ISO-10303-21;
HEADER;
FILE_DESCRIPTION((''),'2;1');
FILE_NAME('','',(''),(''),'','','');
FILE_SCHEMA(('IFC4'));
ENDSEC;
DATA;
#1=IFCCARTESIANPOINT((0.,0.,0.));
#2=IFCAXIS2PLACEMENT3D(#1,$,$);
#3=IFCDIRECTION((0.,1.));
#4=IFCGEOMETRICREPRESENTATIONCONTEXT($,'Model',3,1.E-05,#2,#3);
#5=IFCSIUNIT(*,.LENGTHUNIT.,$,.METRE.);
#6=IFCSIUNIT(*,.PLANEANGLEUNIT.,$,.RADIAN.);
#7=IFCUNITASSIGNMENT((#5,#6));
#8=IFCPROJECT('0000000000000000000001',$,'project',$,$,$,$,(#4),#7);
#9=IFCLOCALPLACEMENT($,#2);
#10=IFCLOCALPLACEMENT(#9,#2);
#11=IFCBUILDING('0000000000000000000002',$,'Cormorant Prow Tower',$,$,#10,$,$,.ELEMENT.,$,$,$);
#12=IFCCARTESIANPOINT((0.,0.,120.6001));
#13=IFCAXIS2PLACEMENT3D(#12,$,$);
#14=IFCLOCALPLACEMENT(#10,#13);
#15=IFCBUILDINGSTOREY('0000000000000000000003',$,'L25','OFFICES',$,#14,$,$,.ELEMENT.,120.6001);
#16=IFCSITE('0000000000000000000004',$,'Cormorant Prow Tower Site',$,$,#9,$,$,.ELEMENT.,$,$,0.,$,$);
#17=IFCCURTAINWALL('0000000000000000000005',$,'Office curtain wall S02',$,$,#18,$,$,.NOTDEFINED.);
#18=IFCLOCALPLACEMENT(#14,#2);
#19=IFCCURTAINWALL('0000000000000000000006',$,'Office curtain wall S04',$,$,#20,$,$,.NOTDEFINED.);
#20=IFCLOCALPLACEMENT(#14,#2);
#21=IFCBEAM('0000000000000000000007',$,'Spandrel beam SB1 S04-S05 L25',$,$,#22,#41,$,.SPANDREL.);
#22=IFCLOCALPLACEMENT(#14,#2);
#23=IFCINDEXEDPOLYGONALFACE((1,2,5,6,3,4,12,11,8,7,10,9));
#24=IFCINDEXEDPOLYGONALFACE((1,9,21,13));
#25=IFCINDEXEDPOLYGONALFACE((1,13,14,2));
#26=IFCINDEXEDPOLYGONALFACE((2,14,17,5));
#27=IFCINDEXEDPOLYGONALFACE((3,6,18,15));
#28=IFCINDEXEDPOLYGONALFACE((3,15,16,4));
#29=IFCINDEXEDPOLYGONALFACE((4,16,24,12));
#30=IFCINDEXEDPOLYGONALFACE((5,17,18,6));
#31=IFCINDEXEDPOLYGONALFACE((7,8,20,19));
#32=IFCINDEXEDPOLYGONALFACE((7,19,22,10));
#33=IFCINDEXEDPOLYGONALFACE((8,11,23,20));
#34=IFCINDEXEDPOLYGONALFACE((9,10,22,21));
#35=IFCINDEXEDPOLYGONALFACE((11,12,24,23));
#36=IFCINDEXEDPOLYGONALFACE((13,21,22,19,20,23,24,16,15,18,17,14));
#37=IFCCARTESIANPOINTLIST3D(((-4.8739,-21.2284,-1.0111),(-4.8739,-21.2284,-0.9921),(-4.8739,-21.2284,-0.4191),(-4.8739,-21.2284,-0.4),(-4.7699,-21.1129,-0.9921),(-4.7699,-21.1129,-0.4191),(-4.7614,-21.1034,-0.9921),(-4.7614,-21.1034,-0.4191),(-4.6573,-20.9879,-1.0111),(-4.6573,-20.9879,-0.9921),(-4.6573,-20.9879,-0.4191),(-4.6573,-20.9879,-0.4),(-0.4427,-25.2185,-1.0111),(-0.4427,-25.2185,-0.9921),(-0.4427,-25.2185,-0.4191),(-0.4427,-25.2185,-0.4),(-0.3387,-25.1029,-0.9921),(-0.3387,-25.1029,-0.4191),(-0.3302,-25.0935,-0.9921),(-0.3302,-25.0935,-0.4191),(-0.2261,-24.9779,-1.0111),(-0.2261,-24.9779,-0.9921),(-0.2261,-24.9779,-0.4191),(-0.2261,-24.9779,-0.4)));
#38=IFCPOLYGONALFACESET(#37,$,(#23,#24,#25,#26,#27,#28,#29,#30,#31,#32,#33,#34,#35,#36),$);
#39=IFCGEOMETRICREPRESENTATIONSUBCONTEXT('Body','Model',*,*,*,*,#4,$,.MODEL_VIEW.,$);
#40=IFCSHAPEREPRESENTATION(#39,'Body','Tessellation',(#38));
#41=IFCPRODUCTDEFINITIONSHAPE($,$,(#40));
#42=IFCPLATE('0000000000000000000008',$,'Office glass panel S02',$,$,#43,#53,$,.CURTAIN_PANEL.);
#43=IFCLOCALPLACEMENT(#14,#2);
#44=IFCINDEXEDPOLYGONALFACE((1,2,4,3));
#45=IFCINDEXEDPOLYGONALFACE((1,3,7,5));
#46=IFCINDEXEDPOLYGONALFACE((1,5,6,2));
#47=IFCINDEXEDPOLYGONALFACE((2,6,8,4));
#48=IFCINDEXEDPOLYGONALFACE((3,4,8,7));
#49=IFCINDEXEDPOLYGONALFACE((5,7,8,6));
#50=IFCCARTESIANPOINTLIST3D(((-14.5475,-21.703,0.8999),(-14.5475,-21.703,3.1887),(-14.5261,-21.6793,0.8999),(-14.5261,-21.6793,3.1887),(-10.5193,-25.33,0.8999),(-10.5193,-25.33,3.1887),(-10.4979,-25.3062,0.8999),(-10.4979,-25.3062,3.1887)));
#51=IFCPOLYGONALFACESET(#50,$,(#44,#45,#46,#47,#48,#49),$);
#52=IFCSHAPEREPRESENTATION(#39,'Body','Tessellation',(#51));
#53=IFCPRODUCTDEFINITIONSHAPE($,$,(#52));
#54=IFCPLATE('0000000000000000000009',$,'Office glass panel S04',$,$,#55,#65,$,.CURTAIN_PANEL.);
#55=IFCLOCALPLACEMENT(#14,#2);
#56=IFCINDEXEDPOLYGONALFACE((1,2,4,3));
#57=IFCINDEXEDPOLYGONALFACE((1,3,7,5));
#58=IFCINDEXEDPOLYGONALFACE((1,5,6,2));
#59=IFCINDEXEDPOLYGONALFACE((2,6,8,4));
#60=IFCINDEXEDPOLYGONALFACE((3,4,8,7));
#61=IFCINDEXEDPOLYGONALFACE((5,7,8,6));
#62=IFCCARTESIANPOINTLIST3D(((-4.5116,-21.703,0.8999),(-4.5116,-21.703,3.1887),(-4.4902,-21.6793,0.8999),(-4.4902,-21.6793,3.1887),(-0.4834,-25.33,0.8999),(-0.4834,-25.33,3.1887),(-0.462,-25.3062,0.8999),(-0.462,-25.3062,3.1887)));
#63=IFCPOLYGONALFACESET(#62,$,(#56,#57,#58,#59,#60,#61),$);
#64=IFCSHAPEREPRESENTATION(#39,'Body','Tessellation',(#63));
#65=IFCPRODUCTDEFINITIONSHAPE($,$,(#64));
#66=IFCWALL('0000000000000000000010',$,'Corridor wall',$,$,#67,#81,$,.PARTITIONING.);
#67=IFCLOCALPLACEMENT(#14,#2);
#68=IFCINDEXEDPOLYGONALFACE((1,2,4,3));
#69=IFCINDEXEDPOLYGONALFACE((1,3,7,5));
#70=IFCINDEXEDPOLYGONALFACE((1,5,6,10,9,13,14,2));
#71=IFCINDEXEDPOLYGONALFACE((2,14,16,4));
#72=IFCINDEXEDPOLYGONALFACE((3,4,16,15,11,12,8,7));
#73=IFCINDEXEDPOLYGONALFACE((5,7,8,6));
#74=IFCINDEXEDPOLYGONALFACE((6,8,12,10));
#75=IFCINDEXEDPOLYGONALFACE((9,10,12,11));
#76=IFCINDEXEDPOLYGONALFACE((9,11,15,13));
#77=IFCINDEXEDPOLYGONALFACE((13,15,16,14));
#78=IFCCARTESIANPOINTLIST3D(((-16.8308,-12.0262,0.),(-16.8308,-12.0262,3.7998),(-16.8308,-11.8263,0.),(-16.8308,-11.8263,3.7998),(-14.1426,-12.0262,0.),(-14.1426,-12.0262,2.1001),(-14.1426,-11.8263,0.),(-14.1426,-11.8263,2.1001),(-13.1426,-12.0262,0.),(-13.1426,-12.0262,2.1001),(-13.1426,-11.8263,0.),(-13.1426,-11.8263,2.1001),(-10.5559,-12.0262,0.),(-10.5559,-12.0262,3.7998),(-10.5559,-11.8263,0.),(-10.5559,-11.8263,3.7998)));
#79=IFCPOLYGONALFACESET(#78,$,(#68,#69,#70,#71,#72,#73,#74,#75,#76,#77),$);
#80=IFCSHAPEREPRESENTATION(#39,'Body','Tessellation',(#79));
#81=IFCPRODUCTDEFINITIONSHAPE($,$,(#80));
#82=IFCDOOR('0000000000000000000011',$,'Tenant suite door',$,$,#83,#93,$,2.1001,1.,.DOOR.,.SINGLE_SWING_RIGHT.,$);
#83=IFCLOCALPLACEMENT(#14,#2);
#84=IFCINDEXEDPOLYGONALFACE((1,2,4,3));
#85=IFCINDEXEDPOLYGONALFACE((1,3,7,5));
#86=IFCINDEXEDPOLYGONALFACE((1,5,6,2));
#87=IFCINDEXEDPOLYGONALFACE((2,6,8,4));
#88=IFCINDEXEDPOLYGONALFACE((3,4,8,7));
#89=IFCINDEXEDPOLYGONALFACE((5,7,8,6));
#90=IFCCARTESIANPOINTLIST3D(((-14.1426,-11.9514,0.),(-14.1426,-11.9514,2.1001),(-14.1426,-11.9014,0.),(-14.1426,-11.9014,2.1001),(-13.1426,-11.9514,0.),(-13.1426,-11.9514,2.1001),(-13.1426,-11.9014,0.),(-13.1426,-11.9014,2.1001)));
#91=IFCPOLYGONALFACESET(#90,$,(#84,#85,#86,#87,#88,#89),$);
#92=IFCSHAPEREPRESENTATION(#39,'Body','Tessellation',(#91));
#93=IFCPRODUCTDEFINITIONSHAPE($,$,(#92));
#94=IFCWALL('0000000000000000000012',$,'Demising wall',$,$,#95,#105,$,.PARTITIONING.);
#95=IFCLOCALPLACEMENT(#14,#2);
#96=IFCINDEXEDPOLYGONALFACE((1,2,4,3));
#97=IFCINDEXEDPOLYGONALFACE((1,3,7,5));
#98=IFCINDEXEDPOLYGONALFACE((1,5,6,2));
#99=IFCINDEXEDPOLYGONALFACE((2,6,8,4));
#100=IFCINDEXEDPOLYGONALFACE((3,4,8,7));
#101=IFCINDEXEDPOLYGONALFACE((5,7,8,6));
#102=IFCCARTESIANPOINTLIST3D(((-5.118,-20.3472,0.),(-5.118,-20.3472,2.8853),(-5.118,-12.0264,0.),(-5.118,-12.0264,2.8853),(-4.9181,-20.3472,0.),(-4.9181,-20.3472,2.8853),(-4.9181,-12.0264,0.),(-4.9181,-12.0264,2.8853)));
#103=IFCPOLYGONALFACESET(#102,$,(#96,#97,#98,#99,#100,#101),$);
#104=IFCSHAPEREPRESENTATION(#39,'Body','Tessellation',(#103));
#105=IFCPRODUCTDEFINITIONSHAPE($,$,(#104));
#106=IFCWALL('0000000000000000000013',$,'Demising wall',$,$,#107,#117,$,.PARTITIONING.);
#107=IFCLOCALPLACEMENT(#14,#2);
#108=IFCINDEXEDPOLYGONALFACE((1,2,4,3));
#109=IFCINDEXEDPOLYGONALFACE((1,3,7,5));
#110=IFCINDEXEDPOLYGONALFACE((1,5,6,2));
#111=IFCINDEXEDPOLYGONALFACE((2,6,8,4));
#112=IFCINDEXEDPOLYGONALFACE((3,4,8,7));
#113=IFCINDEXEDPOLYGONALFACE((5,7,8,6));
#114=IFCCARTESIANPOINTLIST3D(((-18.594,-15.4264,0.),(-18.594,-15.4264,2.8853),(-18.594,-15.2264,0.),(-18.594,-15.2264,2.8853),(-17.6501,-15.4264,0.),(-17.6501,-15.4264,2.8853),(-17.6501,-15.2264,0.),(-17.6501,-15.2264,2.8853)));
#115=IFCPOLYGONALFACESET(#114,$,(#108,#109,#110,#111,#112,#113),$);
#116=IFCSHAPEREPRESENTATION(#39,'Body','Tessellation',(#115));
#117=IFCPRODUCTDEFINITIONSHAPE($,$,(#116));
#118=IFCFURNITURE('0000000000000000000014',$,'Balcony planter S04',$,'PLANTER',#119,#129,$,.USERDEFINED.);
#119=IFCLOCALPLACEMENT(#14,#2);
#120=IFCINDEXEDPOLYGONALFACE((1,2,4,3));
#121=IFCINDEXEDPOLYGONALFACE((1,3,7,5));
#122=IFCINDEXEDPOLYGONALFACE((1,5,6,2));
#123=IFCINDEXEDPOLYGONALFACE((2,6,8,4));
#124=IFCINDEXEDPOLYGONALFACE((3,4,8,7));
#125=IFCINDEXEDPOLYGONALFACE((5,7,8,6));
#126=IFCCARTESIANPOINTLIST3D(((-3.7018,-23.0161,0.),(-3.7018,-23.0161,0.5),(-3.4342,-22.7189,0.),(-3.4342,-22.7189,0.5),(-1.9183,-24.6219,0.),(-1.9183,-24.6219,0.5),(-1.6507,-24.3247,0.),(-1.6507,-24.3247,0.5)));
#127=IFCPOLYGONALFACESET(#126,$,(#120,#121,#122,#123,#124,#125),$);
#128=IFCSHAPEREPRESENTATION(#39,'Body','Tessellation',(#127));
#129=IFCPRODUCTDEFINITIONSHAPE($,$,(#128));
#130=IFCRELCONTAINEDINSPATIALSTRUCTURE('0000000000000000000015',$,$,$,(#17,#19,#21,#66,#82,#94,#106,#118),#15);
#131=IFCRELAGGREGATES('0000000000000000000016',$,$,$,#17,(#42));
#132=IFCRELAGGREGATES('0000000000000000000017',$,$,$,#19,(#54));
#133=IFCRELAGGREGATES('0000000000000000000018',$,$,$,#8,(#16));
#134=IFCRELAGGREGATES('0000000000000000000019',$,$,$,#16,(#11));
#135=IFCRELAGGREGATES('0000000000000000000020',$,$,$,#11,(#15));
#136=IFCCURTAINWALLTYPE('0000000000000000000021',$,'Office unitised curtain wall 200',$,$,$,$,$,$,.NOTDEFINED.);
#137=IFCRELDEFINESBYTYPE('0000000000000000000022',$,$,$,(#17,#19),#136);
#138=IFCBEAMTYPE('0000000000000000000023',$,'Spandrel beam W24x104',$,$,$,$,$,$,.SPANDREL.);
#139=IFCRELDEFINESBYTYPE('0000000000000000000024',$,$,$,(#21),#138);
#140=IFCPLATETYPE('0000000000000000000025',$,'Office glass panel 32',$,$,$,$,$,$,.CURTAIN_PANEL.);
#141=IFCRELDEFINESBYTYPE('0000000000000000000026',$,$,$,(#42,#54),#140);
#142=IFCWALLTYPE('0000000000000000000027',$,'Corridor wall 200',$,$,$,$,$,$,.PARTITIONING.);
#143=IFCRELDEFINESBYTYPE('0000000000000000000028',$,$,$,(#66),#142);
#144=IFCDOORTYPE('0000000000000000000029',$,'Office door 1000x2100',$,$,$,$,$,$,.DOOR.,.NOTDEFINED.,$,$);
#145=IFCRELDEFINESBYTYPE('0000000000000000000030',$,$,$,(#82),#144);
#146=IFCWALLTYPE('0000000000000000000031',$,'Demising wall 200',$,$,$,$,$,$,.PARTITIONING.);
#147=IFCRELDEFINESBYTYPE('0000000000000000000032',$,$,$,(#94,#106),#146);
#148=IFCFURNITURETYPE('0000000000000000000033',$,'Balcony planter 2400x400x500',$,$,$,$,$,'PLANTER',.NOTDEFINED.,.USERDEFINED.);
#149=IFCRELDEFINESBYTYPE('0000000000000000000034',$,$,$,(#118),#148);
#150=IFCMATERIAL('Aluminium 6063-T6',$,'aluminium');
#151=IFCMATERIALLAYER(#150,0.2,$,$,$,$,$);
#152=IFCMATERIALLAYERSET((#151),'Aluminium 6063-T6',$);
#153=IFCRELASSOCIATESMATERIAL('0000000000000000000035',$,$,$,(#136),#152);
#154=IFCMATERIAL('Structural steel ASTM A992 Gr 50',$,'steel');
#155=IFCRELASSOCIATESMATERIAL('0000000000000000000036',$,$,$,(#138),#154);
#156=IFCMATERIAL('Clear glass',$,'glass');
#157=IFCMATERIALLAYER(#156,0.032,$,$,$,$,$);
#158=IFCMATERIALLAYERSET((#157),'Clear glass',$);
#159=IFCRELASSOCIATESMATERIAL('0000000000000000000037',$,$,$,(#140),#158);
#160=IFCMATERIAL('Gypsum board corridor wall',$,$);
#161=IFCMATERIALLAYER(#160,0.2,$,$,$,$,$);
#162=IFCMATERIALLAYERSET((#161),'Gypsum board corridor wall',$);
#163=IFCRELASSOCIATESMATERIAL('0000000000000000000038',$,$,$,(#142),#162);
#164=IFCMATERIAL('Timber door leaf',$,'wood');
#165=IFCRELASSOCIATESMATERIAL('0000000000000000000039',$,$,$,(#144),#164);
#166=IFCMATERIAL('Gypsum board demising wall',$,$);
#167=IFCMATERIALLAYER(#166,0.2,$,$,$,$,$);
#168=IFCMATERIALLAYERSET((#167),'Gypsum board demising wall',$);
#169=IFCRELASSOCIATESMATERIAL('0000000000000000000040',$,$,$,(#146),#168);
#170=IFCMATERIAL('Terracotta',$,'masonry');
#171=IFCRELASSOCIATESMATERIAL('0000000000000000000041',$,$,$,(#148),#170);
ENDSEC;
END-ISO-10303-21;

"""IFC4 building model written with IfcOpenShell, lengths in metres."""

from ifc_helpers import new_model, si_unit, direction, frame, frame_2d, origin, origin_2d, place, context, subcontext, project, spatial, rectangle, i_section, extrude, material, layer, layer_set, material_profile, profile_set, type_object, element, fill, aggregate, save


model = new_model("IFC4")

# Units and contexts
model_context = context("Model", 3, precision=1e-05, world=origin(), true_north=direction((0.0, 1.0)))
body_context = subcontext(model_context, "Body", "Model", "MODEL_VIEW")
ifc_project = project(units=[si_unit("LENGTHUNIT", "METRE"), si_unit("PLANEANGLEUNIT", "RADIAN")], contexts=[model_context])

# Site, building, storey
site_placement = place(None, origin())
site = spatial("IfcSite", under=ifc_project, at=site_placement, Name="Cormorant Prow Tower Site", CompositionType="ELEMENT", RefElevation=0.0)
building_placement = place(site_placement, origin())
building = spatial("IfcBuilding", under=site, at=building_placement, Name="Cormorant Prow Tower", CompositionType="ELEMENT")
storey_placement = place(building_placement, frame((0.0, 0.0, 120.6001)))
storey = spatial("IfcBuildingStorey", under=building, at=storey_placement, Name="L25", Description="OFFICES", CompositionType="ELEMENT", Elevation=120.6001)

# Curtain walls
ifc_material_1 = material(Name="Aluminium 6063-T6", Category="aluminium")
ifc_layer_1 = layer(ifc_material_1, 0.2)
ifc_layer_set_1 = layer_set([ifc_layer_1], Name="Aluminium 6063-T6")
curtain_wall_type = type_object("IfcCurtainWallType", Name="Office unitised curtain wall 200", PredefinedType="NOTDEFINED", material=ifc_layer_set_1)
curtain_wall_1_placement = place(storey_placement, origin())
curtain_wall_1 = element("IfcCurtainWall", 1, at=curtain_wall_1_placement, inside=storey, type_object=curtain_wall_type, Name="Office curtain wall S02", PredefinedType="NOTDEFINED")
curtain_wall_2_placement = place(storey_placement, origin())
curtain_wall_2 = element("IfcCurtainWall", 2, at=curtain_wall_2_placement, inside=storey, type_object=curtain_wall_type, Name="Office curtain wall S04", PredefinedType="NOTDEFINED")

# Beam
ifc_material_2 = material(Name="Structural steel ASTM A992 Gr 50", Category="steel")
ifc_material_profile_1 = material_profile(ifc_material_2, i_section(OverallWidth=0.3237, OverallDepth=0.6111, WebThickness=0.0127, FlangeThickness=0.019, at=origin_2d()), Name="W24x104")
ifc_profile_set_1 = profile_set([ifc_material_profile_1], Name="Structural steel ASTM A992 Gr 50")
beam_type_1 = type_object("IfcBeamType", Name="Spandrel beam W24x104", PredefinedType="SPANDREL", material=ifc_profile_set_1)
for number, where, z_axis, x_axis, name in (
    (3, (-4.7656, -21.1082, -0.7056), (0.743131, -0.669146, 0.0), (0.669146, 0.743131, 0.0), "Spandrel beam SB1 S04-S05 L25"),
):
    element("IfcBeam", number, at=place(storey_placement, frame(where, z_axis=z_axis, x_axis=x_axis)), inside=storey, type_object=beam_type_1, Name=name, PredefinedType="SPANDREL", context=body_context, shape_type="SweptSolid", body=[
        extrude(i_section(OverallWidth=0.3237, OverallDepth=0.6111, WebThickness=0.0127, FlangeThickness=0.019, at=origin_2d()), origin(), (0.0, 0.0, 1.0), 5.9629),
    ])

# Plates
ifc_material_3 = material(Name="Clear glass", Category="glass")
ifc_layer_2 = layer(ifc_material_3, 0.032)
ifc_layer_set_2 = layer_set([ifc_layer_2], Name="Clear glass")
plate_type = type_object("IfcPlateType", Name="Office glass panel 32", PredefinedType="CURTAIN_PANEL", material=ifc_layer_set_2)
plate_1_placement = place(storey_placement, frame((-12.5227, -23.5046, 0.8999), z_axis=(0.0, 0.0, 1.0), x_axis=(0.743145, -0.669131, 0.0)))
plate_1 = element("IfcPlate", 4, at=plate_1_placement, type_object=plate_type, Name="Office glass panel S02", PredefinedType="CURTAIN_PANEL", context=body_context, shape_type="SweptSolid", body=[
    extrude(rectangle(XDim=5.4204, YDim=0.032, at=origin_2d()), origin(), (0.0, 0.0, 1.0), 2.2888),
])
aggregate(curtain_wall_1, [plate_1])
plate_2_placement = place(storey_placement, frame((-2.4868, -23.5046, 0.8999), z_axis=(0.0, 0.0, 1.0), x_axis=(0.743145, -0.669131, 0.0)))
plate_2 = element("IfcPlate", 5, at=plate_2_placement, type_object=plate_type, Name="Office glass panel S04", PredefinedType="CURTAIN_PANEL", context=body_context, shape_type="SweptSolid", body=[
    extrude(rectangle(XDim=5.4204, YDim=0.032, at=origin_2d()), origin(), (0.0, 0.0, 1.0), 2.2888),
])
aggregate(curtain_wall_2, [plate_2])

# Wall, opening, door
ifc_material_4 = material(Name="Gypsum board corridor wall")
ifc_layer_3 = layer(ifc_material_4, 0.2)
ifc_layer_set_3 = layer_set([ifc_layer_3], Name="Gypsum board corridor wall")
wall_type_1 = type_object("IfcWallType", Name="Corridor wall 200", PredefinedType="PARTITIONING", material=ifc_layer_set_3)
wall_1_placement = place(storey_placement, frame((-16.8308, -11.9263, 0.0), z_axis=(0.0, 0.0, 1.0), x_axis=(1.0, 0.0, 0.0)))
wall_1 = element("IfcWall", 6, at=wall_1_placement, inside=storey, type_object=wall_type_1, Name="Corridor wall", PredefinedType="PARTITIONING", context=body_context, shape_type="SweptSolid", body=[
    extrude(rectangle(XDim=6.2749, YDim=0.2, at=frame_2d((3.1375, 0.0))), origin(), (0.0, 0.0, 1.0), 3.7998),
])
opening_1_placement = place(wall_1_placement, frame((2.6882, 0.0, 0.0)))
opening_1 = element("IfcOpeningElement", 7, at=opening_1_placement, cuts=wall_1, PredefinedType="OPENING", context=body_context, shape_type="SweptSolid", body=[
    extrude(rectangle(XDim=1.0, YDim=2.1001, at=frame_2d((0.5, 1.05))), frame((0.0, 0.1099, 0.0), z_axis=(0.0, -1.0, 0.0), x_axis=(1.0, 0.0, 0.0)), (0.0, 0.0, 1.0), 0.22),
])
ifc_material_5 = material(Name="Timber door leaf", Category="wood")
door_type_1 = type_object("IfcDoorType", Name="Office door 1000x2100", OperationType="NOTDEFINED", PredefinedType="DOOR", material=ifc_material_5)
door_1_placement = place(opening_1_placement, origin())
door_1 = element("IfcDoor", 8, at=door_1_placement, inside=storey, type_object=door_type_1, Name="Tenant suite door", OperationType="SINGLE_SWING_RIGHT", OverallHeight=2.1001, OverallWidth=1.0, PredefinedType="DOOR", context=body_context, shape_type="SweptSolid", body=[
    extrude(rectangle(XDim=1.0, YDim=2.1001, at=frame_2d((0.5, 1.05))), frame((0.0, 0.0249, 0.0), z_axis=(0.0, -1.0, 0.0), x_axis=(1.0, 0.0, 0.0)), (0.0, 0.0, 1.0), 0.05),
])
fill(opening_1, door_1)

# Walls
ifc_material_6 = material(Name="Gypsum board demising wall")
ifc_layer_4 = layer(ifc_material_6, 0.2)
ifc_layer_set_4 = layer_set([ifc_layer_4], Name="Gypsum board demising wall")
wall_type_2 = type_object("IfcWallType", Name="Demising wall 200", PredefinedType="PARTITIONING", material=ifc_layer_set_4)
wall_2_placement = place(storey_placement, frame((-5.0181, -20.3472, 0.0), z_axis=(0.0, 0.0, 1.0), x_axis=(0.0, 1.0, 0.0)))
element("IfcWall", 9, at=wall_2_placement, inside=storey, type_object=wall_type_2, Name="Demising wall", PredefinedType="PARTITIONING", context=body_context, shape_type="SweptSolid", body=[
    extrude(rectangle(XDim=8.3208, YDim=0.2, at=frame_2d((4.1604, 0.0))), origin(), (0.0, 0.0, 1.0), 2.8853),
])
wall_3_placement = place(storey_placement, frame((-18.594, -15.3264, 0.0), z_axis=(0.0, 0.0, 1.0), x_axis=(1.0, 0.0, 0.0)))
element("IfcWall", 10, at=wall_3_placement, inside=storey, type_object=wall_type_2, Name="Demising wall", PredefinedType="PARTITIONING", context=body_context, shape_type="SweptSolid", body=[
    extrude(rectangle(XDim=0.9438, YDim=0.2, at=frame_2d((0.4719, 0.0))), origin(), (0.0, 0.0, 1.0), 2.8853),
])

# Furniture
ifc_material_7 = material(Name="Terracotta", Category="masonry")
furniture_type = type_object("IfcFurnitureType", Name="Balcony planter 2400x400x500", ElementType="PLANTER", AssemblyPlace="NOTDEFINED", PredefinedType="USERDEFINED", material=ifc_material_7)
furniture_placement = place(storey_placement, frame((-2.6763, -23.6704, 0.0), z_axis=(0.0, 0.0, 1.0), x_axis=(0.743145, -0.669131, 0.0)))
element("IfcFurniture", 11, at=furniture_placement, inside=storey, type_object=furniture_type, Name="Balcony planter S04", ObjectType="PLANTER", PredefinedType="USERDEFINED", context=body_context, shape_type="SweptSolid", body=[
    extrude(rectangle(XDim=2.3999, YDim=0.3999, at=origin_2d()), origin(), (0.0, 0.0, 1.0), 0.5),
])

save(model, "model.ifc")
